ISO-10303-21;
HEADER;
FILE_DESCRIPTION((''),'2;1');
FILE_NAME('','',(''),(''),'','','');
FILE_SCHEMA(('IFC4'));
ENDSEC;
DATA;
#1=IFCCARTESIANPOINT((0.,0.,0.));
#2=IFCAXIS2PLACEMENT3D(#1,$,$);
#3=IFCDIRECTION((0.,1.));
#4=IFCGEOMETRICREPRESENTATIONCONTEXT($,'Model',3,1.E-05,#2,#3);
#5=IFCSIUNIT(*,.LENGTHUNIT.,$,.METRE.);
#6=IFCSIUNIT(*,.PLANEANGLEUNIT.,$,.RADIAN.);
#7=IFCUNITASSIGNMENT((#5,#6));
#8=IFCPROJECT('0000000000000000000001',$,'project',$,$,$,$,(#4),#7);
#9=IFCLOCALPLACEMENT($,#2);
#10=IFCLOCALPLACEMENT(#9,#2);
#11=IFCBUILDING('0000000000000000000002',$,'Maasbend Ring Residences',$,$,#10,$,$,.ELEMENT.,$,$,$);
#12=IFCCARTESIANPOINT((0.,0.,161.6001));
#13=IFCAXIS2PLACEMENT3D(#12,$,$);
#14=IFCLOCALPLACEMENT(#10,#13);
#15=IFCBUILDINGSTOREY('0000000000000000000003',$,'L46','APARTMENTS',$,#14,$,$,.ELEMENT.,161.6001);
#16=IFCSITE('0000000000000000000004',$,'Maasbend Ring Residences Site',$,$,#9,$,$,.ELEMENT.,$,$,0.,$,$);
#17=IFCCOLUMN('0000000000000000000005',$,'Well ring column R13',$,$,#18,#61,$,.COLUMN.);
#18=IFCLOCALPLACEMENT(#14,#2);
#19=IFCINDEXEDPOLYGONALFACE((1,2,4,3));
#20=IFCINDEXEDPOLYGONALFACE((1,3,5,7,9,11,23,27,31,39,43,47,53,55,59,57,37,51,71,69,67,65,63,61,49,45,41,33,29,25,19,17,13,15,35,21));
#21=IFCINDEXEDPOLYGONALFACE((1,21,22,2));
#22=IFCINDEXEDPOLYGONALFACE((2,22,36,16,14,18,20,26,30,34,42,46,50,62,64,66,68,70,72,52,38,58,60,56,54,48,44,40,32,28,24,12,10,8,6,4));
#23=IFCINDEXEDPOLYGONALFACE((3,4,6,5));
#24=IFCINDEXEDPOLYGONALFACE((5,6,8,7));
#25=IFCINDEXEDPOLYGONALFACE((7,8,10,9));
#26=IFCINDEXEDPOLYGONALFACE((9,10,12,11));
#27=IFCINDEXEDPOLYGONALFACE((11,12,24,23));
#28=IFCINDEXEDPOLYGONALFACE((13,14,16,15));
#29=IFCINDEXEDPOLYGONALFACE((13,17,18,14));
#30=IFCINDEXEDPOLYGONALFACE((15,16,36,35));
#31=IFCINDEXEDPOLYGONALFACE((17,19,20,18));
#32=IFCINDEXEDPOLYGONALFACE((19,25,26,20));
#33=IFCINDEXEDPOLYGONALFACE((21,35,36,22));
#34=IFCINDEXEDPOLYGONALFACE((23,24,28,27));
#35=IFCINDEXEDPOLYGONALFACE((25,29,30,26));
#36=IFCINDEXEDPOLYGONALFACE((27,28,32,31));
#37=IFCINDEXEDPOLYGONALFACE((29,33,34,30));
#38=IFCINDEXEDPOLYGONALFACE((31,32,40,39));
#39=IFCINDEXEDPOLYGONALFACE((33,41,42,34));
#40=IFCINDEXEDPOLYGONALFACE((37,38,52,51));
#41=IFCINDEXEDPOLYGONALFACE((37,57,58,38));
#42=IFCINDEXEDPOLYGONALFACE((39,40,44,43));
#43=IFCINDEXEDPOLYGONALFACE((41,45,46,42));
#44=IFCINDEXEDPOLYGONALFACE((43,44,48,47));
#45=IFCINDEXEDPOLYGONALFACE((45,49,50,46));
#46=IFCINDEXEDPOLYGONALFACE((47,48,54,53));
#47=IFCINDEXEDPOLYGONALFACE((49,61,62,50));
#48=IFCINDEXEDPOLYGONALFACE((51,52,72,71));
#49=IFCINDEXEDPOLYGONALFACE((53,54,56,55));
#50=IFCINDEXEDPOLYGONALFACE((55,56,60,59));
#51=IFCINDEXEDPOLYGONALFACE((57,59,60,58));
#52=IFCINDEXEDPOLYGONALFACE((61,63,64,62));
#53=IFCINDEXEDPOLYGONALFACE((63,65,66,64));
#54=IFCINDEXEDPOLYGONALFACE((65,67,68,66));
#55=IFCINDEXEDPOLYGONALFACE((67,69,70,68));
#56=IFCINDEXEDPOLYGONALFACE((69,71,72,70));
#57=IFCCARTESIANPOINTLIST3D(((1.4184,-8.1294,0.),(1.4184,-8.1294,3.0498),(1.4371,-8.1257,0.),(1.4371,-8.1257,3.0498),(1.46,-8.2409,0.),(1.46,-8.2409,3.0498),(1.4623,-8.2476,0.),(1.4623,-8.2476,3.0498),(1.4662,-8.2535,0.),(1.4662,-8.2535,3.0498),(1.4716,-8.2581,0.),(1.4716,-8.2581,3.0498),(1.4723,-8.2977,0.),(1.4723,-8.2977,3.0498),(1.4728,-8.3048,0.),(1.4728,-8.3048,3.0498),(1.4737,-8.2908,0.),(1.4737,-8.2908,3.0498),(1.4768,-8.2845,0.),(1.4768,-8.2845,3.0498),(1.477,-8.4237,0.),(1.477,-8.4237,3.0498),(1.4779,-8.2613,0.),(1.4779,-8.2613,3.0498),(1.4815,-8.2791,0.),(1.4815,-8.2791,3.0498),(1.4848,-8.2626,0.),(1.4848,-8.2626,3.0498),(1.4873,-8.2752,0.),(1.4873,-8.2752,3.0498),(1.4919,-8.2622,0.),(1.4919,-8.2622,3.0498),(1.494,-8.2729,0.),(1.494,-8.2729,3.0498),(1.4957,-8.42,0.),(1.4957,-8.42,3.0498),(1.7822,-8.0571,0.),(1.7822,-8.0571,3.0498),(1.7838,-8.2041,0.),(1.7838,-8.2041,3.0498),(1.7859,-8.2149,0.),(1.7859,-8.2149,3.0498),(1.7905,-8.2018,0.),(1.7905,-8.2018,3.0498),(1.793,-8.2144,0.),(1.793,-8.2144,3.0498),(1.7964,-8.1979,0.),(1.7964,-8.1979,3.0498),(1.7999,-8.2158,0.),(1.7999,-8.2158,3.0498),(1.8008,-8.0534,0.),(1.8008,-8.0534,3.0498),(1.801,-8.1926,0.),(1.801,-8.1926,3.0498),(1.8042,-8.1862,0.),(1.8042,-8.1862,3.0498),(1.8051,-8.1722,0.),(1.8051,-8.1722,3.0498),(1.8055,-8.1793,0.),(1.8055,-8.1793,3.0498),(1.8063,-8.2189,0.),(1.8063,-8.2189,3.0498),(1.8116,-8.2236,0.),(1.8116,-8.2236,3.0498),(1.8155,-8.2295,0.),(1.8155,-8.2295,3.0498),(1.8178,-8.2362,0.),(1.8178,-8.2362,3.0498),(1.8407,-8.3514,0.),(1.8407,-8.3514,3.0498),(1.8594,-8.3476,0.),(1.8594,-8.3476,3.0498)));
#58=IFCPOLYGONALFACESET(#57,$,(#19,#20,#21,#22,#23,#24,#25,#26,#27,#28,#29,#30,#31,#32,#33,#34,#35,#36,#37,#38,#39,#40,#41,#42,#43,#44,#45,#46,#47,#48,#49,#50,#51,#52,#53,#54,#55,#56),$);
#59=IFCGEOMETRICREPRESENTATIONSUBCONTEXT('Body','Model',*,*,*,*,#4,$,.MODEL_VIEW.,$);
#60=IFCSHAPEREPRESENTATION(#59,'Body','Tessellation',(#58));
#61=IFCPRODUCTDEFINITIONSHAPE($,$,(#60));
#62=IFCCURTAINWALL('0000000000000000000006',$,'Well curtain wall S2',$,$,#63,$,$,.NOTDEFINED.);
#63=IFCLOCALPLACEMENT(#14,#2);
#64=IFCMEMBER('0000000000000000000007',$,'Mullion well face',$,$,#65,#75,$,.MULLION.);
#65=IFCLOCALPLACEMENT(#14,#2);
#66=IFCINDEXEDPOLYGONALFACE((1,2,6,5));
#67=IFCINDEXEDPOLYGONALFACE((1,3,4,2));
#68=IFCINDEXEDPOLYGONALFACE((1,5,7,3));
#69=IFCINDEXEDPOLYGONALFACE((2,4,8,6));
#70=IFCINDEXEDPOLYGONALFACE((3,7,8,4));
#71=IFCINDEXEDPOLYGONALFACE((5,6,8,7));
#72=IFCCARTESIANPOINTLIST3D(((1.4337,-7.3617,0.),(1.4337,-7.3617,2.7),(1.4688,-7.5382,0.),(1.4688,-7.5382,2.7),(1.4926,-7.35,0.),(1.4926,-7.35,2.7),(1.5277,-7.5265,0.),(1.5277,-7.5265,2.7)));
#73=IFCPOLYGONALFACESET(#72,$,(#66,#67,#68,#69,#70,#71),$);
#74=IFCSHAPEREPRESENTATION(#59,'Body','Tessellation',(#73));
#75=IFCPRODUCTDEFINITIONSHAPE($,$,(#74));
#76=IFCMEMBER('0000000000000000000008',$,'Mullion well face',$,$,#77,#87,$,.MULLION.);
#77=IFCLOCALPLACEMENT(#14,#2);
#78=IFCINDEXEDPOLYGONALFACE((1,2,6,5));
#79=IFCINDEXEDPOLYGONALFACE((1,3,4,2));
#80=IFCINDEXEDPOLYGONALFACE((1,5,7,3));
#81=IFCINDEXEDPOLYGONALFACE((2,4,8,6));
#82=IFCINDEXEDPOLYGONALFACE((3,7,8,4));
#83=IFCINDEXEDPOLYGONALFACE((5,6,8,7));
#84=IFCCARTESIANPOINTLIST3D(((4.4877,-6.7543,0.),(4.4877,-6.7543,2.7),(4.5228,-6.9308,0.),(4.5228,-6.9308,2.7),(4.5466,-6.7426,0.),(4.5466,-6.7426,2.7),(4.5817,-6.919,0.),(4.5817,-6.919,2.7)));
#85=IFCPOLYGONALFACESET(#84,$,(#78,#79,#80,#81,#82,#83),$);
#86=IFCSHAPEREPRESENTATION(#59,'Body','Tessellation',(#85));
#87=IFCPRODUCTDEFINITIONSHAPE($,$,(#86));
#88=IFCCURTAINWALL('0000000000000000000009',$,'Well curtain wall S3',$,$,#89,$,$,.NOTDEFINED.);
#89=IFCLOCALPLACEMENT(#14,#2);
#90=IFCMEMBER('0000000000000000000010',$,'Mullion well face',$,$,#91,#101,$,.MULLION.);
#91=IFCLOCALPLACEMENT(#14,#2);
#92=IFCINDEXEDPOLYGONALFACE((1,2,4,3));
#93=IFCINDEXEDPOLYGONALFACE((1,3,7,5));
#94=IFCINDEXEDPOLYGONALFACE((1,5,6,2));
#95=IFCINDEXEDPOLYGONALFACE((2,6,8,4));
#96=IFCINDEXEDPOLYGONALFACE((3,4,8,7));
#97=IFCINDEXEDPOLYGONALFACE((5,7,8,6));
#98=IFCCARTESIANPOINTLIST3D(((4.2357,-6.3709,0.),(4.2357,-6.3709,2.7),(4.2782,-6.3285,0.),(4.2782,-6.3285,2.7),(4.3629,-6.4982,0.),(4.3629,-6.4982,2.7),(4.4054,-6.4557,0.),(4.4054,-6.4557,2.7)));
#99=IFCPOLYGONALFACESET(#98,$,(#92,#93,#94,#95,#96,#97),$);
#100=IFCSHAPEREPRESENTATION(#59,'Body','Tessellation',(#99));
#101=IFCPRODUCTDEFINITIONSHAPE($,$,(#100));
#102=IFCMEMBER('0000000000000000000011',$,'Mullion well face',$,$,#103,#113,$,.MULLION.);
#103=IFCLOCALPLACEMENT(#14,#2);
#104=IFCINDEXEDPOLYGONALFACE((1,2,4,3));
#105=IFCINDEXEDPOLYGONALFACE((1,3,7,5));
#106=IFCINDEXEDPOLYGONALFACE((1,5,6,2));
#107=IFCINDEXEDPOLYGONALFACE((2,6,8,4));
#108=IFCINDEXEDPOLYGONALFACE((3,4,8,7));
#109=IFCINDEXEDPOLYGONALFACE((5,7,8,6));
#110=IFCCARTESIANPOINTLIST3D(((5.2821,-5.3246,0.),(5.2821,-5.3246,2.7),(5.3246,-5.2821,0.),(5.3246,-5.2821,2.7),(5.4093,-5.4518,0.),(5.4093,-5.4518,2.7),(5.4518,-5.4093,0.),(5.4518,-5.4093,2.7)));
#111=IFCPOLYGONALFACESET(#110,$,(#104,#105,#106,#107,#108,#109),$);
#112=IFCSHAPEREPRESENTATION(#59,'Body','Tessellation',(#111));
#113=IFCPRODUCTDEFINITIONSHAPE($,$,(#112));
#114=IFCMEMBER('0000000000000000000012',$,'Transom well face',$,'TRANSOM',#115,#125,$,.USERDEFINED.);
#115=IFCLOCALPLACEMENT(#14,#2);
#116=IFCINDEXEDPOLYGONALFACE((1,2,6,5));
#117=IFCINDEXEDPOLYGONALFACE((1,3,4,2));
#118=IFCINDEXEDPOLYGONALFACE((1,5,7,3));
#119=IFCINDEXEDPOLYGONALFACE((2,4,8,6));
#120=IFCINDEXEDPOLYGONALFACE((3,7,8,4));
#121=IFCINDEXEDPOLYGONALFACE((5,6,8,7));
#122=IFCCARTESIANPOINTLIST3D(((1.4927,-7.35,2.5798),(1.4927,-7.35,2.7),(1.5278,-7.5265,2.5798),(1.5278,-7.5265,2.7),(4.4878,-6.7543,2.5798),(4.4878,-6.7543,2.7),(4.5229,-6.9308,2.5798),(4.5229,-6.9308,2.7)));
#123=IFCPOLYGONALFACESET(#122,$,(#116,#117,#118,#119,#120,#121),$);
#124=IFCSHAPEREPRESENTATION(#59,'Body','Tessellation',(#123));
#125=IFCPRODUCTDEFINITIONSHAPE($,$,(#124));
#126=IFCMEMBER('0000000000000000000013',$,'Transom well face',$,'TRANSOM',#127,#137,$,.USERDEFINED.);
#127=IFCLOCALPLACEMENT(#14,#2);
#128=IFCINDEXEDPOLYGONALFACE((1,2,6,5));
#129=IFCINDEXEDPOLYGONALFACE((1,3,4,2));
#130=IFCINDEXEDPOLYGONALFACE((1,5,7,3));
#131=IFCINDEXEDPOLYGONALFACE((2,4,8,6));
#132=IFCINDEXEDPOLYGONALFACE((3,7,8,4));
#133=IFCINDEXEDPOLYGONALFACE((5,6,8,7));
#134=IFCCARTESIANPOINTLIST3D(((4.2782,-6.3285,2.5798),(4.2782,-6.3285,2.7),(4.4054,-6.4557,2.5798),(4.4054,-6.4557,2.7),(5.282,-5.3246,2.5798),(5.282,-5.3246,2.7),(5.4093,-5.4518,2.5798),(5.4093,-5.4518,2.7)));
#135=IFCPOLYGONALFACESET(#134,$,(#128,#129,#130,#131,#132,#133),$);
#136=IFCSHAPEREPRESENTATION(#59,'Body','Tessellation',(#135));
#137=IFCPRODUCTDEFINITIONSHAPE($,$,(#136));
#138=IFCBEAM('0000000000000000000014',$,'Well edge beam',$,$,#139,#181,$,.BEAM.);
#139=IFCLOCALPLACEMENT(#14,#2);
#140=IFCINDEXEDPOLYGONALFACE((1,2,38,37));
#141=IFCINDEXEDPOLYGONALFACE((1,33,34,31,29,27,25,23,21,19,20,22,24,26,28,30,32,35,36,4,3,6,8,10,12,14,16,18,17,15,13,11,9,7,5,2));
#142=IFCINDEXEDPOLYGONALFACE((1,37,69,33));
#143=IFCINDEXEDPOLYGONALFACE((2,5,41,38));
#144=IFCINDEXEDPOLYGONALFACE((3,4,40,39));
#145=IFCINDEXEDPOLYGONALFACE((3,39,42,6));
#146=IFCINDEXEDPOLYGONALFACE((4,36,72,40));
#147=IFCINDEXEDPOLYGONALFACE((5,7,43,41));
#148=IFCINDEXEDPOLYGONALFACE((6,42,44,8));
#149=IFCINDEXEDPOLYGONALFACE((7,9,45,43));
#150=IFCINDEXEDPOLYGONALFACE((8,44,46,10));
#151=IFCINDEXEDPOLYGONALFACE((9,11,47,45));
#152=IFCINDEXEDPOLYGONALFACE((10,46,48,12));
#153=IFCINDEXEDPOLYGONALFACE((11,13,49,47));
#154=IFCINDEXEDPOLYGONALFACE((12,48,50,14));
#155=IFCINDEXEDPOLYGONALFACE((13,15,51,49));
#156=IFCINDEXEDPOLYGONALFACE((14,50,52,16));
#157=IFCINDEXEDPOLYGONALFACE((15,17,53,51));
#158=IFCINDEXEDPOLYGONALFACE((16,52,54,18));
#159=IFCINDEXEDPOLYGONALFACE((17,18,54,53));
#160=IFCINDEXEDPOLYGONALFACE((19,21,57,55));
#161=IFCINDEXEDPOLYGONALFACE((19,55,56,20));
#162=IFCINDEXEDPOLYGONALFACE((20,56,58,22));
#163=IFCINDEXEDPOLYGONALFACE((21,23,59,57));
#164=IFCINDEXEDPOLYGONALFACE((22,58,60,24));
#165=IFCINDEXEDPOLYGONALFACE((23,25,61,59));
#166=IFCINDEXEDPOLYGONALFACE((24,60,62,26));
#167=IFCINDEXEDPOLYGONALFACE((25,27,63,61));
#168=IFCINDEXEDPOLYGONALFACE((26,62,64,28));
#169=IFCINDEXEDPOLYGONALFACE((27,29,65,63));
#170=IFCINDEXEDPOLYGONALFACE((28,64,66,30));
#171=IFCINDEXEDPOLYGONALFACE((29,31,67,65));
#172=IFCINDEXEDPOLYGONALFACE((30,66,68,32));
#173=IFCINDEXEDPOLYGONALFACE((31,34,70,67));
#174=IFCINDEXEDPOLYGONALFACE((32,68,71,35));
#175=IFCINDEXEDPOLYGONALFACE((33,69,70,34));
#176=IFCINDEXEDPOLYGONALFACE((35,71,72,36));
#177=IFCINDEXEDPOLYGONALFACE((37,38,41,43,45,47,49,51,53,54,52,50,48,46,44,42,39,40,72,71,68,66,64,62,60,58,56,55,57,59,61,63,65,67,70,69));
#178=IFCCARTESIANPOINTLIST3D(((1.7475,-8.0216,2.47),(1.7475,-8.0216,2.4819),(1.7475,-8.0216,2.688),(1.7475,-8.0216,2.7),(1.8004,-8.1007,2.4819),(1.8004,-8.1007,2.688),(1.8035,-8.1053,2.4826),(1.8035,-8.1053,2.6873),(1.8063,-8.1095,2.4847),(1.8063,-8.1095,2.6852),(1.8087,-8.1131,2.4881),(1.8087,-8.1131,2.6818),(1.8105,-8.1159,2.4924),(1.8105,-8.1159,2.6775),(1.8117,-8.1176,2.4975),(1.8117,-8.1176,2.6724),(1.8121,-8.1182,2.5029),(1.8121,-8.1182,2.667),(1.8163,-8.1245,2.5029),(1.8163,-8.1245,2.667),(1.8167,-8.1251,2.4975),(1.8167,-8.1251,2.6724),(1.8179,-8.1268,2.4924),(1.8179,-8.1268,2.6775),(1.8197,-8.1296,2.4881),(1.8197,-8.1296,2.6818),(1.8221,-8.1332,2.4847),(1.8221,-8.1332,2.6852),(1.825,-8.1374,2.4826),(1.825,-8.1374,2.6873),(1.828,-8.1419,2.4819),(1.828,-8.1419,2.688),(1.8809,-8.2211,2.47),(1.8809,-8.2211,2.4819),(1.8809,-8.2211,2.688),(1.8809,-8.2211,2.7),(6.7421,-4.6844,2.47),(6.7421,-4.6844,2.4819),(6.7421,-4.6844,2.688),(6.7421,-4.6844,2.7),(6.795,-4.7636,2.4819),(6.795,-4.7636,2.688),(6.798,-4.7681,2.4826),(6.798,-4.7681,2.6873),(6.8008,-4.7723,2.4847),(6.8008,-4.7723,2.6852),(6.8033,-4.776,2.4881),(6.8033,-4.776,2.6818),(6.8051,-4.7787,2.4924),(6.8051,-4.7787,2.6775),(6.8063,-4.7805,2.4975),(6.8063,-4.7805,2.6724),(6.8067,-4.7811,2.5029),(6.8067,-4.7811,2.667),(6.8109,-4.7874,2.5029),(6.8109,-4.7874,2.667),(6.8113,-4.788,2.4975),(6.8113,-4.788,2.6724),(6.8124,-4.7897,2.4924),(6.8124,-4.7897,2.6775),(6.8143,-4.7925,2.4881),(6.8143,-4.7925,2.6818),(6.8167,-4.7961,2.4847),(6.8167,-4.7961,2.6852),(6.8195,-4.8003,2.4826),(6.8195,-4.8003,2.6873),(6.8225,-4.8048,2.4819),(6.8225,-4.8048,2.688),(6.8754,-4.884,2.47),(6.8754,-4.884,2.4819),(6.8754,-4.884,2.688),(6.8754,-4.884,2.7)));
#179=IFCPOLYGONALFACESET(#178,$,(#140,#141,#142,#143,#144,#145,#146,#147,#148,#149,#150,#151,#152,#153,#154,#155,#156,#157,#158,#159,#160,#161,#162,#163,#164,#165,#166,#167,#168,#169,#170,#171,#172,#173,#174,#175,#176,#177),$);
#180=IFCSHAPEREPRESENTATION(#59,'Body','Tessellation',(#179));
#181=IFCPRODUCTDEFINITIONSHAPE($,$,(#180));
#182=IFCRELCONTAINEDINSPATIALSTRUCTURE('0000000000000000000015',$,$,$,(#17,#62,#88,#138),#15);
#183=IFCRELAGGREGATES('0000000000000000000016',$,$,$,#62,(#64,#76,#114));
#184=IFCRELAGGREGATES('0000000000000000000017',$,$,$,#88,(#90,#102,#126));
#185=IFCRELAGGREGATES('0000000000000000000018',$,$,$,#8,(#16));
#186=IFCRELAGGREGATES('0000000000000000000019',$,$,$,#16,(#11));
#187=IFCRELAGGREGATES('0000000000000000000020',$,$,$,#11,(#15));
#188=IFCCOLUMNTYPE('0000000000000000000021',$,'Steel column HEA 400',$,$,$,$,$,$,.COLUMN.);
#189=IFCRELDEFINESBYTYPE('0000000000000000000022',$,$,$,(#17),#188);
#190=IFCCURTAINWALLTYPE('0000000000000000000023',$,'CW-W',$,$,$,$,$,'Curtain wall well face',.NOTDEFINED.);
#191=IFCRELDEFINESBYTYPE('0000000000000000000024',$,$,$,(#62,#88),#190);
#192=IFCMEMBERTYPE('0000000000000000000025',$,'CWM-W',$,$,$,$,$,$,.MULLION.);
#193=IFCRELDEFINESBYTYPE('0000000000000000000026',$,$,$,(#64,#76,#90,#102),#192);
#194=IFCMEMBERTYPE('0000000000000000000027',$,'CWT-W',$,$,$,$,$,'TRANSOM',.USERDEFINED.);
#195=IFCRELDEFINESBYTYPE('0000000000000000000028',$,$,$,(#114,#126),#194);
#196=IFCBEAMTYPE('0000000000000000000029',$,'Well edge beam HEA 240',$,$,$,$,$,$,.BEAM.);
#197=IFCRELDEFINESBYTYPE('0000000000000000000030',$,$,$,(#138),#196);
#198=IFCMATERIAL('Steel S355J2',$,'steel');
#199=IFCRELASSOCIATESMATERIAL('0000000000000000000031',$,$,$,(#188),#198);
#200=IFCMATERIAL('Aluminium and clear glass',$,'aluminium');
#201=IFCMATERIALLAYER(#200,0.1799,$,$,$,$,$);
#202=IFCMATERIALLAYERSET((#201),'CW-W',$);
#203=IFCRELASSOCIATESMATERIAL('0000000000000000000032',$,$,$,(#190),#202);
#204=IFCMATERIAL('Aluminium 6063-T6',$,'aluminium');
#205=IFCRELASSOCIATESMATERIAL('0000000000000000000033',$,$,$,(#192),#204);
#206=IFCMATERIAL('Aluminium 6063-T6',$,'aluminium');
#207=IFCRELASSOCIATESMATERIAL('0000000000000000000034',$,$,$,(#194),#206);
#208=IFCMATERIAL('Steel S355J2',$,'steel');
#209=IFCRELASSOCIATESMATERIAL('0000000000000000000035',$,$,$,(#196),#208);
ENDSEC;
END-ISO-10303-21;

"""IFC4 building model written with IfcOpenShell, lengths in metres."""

from ifc_helpers import new_model, si_unit, direction, frame, origin, origin_2d, place, context, subcontext, project, spatial, rectangle, i_section, extrude, material, layer, layer_set, material_profile, profile_set, type_object, element, aggregate, save


model = new_model("IFC4")

# Units and contexts
model_context = context("Model", 3, precision=1e-05, world=origin(), true_north=direction((0.0, 1.0)))
body_context = subcontext(model_context, "Body", "Model", "MODEL_VIEW")
ifc_project = project(units=[si_unit("LENGTHUNIT", "METRE"), si_unit("PLANEANGLEUNIT", "RADIAN")], contexts=[model_context])

# Site, building, storey
site_placement = place(None, origin())
site = spatial("IfcSite", under=ifc_project, at=site_placement, Name="Maasbend Ring Residences Site", CompositionType="ELEMENT", RefElevation=0.0)
building_placement = place(site_placement, origin())
building = spatial("IfcBuilding", under=site, at=building_placement, Name="Maasbend Ring Residences", CompositionType="ELEMENT")
storey_placement = place(building_placement, frame((0.0, 0.0, 161.6001)))
storey = spatial("IfcBuildingStorey", under=building, at=storey_placement, Name="L46", Description="APARTMENTS", CompositionType="ELEMENT", Elevation=161.6001)

# Column
ifc_material_1 = material(Name="Steel S355J2", Category="steel")
ifc_material_profile_1 = material_profile(ifc_material_1, i_section(OverallWidth=0.3, OverallDepth=0.3899, WebThickness=0.011, FlangeThickness=0.019, FilletRadius=0.0271, at=origin_2d()), Name="HEA 400")
ifc_profile_set_1 = profile_set([ifc_material_profile_1], Name="Steel S355J2")
column_type = type_object("IfcColumnType", Name="Steel column HEA 400", PredefinedType="COLUMN", material=ifc_profile_set_1)
column_placement = place(storey_placement, frame((1.6389, -8.2385, 0.0), z_axis=(0.0, 0.0, 1.0), x_axis=(0.19509, -0.980785, 0.0)))
element("IfcColumn", 1, at=column_placement, inside=storey, type_object=column_type, Name="Well ring column R13", PredefinedType="COLUMN", context=body_context, shape_type="SweptSolid", body=[
    extrude(i_section(OverallWidth=0.3, OverallDepth=0.3899, WebThickness=0.011, FlangeThickness=0.019, FilletRadius=0.0271, at=origin_2d()), origin(), (0.0, 0.0, 1.0), 3.0498),
])

# Curtain walls, members
ifc_material_2 = material(Name="Aluminium and clear glass", Category="aluminium")
ifc_layer_1 = layer(ifc_material_2, 0.1799)
ifc_layer_set_1 = layer_set([ifc_layer_1], Name="CW-W")
curtain_wall_type = type_object("IfcCurtainWallType", Name="CW-W", ElementType="Curtain wall well face", PredefinedType="NOTDEFINED", material=ifc_layer_set_1)
curtain_wall_1_placement = place(storey_placement, origin())
curtain_wall_1 = element("IfcCurtainWall", 2, at=curtain_wall_1_placement, inside=storey, type_object=curtain_wall_type, Name="Well curtain wall S2", PredefinedType="NOTDEFINED")
ifc_material_3 = material(Name="Aluminium 6063-T6", Category="aluminium")
ifc_material_profile_2 = material_profile(ifc_material_3, rectangle(XDim=0.1799, YDim=0.0601, at=origin_2d()), Name="AL 180x60")
ifc_profile_set_2 = profile_set([ifc_material_profile_2], Name="Aluminium 6063-T6")
member_type_1 = type_object("IfcMemberType", Name="CWM-W", PredefinedType="MULLION", material=ifc_profile_set_2)
member_1_placement = place(storey_placement, frame((1.4807, -7.4441, 0.0), z_axis=(0.0, 0.0, 1.0), x_axis=(-0.19509, 0.980785, 0.0)))
member_1 = element("IfcMember", 3, at=member_1_placement, type_object=member_type_1, Name="Mullion well face", PredefinedType="MULLION", context=body_context, shape_type="SweptSolid", body=[
    extrude(rectangle(XDim=0.1799, YDim=0.0601, at=origin_2d()), origin(), (0.0, 0.0, 1.0), 2.7),
])
member_2_placement = place(storey_placement, frame((4.5347, -6.8367, 0.0), z_axis=(0.0, 0.0, 1.0), x_axis=(-0.19509, 0.980785, 0.0)))
member_2 = element("IfcMember", 4, at=member_2_placement, type_object=member_type_1, Name="Mullion well face", PredefinedType="MULLION", context=body_context, shape_type="SweptSolid", body=[
    extrude(rectangle(XDim=0.1799, YDim=0.0601, at=origin_2d()), origin(), (0.0, 0.0, 1.0), 2.7),
])
curtain_wall_2_placement = place(storey_placement, origin())
curtain_wall_2 = element("IfcCurtainWall", 5, at=curtain_wall_2_placement, inside=storey, type_object=curtain_wall_type, Name="Well curtain wall S3", PredefinedType="NOTDEFINED")
member_3_placement = place(storey_placement, frame((4.3206, -6.4133, 0.0), z_axis=(0.0, 0.0, 1.0), x_axis=(-0.707107, 0.707107, 0.0)))
member_3 = element("IfcMember", 6, at=member_3_placement, type_object=member_type_1, Name="Mullion well face", PredefinedType="MULLION", context=body_context, shape_type="SweptSolid", body=[
    extrude(rectangle(XDim=0.1799, YDim=0.0601, at=origin_2d()), origin(), (0.0, 0.0, 1.0), 2.7),
])
member_4_placement = place(storey_placement, frame((5.3669, -5.3669, 0.0), z_axis=(0.0, 0.0, 1.0), x_axis=(-0.707107, 0.707107, 0.0)))
member_4 = element("IfcMember", 7, at=member_4_placement, type_object=member_type_1, Name="Mullion well face", PredefinedType="MULLION", context=body_context, shape_type="SweptSolid", body=[
    extrude(rectangle(XDim=0.1799, YDim=0.0601, at=origin_2d()), origin(), (0.0, 0.0, 1.0), 2.7),
])

# Members
ifc_material_4 = material(Name="Aluminium 6063-T6", Category="aluminium")
ifc_material_profile_3 = material_profile(ifc_material_4, rectangle(XDim=0.1799, YDim=0.1201, at=origin_2d()), Name="AL 180x120")
ifc_profile_set_3 = profile_set([ifc_material_profile_3], Name="Aluminium 6063-T6")
member_type_2 = type_object("IfcMemberType", Name="CWT-W", ElementType="TRANSOM", PredefinedType="USERDEFINED", material=ifc_profile_set_3)
member_5_placement = place(storey_placement, frame((1.5103, -7.4382, 2.6399), z_axis=(0.980789, 0.195071, 0.0), x_axis=(-0.195071, 0.980789, 0.0)))
member_5 = element("IfcMember", 8, at=member_5_placement, type_object=member_type_2, Name="Transom well face", ObjectType="TRANSOM", PredefinedType="USERDEFINED", context=body_context, shape_type="SweptSolid", body=[
    extrude(rectangle(XDim=0.1799, YDim=0.1201, at=origin_2d()), origin(), (0.0, 0.0, 1.0), 3.0537),
])
member_6_placement = place(storey_placement, frame((4.3418, -6.3921, 2.6399), z_axis=(0.707107, 0.707107, 0.0), x_axis=(-0.707107, 0.707107, 0.0)))
member_6 = element("IfcMember", 9, at=member_6_placement, type_object=member_type_2, Name="Transom well face", ObjectType="TRANSOM", PredefinedType="USERDEFINED", context=body_context, shape_type="SweptSolid", body=[
    extrude(rectangle(XDim=0.1799, YDim=0.1201, at=origin_2d()), origin(), (0.0, 0.0, 1.0), 1.4197),
])

# Beam
ifc_material_5 = material(Name="Steel S355J2", Category="steel")
ifc_material_profile_4 = material_profile(ifc_material_5, i_section(OverallWidth=0.24, OverallDepth=0.23, WebThickness=0.0076, FlangeThickness=0.012, FilletRadius=0.021, at=origin_2d()), Name="HEA 240")
ifc_profile_set_4 = profile_set([ifc_material_profile_4], Name="Steel S355J2")
beam_type = type_object("IfcBeamType", Name="Well edge beam HEA 240", PredefinedType="BEAM", material=ifc_profile_set_4)
beam_placement = place(storey_placement, frame((1.8142, -8.1213, 2.585), z_axis=(0.831481, 0.555553, 0.0), x_axis=(-0.555553, 0.831481, 0.0)))
element("IfcBeam", 10, at=beam_placement, inside=storey, type_object=beam_type, Name="Well edge beam", PredefinedType="BEAM", context=body_context, shape_type="SweptSolid", body=[
    extrude(i_section(OverallWidth=0.24, OverallDepth=0.23, WebThickness=0.0076, FlangeThickness=0.012, FilletRadius=0.021, at=origin_2d()), origin(), (0.0, 0.0, 1.0), 6.0068),
])

aggregate(curtain_wall_1, [member_1, member_2, member_5])
aggregate(curtain_wall_2, [member_3, member_4, member_6])

save(model, "model.ifc")
